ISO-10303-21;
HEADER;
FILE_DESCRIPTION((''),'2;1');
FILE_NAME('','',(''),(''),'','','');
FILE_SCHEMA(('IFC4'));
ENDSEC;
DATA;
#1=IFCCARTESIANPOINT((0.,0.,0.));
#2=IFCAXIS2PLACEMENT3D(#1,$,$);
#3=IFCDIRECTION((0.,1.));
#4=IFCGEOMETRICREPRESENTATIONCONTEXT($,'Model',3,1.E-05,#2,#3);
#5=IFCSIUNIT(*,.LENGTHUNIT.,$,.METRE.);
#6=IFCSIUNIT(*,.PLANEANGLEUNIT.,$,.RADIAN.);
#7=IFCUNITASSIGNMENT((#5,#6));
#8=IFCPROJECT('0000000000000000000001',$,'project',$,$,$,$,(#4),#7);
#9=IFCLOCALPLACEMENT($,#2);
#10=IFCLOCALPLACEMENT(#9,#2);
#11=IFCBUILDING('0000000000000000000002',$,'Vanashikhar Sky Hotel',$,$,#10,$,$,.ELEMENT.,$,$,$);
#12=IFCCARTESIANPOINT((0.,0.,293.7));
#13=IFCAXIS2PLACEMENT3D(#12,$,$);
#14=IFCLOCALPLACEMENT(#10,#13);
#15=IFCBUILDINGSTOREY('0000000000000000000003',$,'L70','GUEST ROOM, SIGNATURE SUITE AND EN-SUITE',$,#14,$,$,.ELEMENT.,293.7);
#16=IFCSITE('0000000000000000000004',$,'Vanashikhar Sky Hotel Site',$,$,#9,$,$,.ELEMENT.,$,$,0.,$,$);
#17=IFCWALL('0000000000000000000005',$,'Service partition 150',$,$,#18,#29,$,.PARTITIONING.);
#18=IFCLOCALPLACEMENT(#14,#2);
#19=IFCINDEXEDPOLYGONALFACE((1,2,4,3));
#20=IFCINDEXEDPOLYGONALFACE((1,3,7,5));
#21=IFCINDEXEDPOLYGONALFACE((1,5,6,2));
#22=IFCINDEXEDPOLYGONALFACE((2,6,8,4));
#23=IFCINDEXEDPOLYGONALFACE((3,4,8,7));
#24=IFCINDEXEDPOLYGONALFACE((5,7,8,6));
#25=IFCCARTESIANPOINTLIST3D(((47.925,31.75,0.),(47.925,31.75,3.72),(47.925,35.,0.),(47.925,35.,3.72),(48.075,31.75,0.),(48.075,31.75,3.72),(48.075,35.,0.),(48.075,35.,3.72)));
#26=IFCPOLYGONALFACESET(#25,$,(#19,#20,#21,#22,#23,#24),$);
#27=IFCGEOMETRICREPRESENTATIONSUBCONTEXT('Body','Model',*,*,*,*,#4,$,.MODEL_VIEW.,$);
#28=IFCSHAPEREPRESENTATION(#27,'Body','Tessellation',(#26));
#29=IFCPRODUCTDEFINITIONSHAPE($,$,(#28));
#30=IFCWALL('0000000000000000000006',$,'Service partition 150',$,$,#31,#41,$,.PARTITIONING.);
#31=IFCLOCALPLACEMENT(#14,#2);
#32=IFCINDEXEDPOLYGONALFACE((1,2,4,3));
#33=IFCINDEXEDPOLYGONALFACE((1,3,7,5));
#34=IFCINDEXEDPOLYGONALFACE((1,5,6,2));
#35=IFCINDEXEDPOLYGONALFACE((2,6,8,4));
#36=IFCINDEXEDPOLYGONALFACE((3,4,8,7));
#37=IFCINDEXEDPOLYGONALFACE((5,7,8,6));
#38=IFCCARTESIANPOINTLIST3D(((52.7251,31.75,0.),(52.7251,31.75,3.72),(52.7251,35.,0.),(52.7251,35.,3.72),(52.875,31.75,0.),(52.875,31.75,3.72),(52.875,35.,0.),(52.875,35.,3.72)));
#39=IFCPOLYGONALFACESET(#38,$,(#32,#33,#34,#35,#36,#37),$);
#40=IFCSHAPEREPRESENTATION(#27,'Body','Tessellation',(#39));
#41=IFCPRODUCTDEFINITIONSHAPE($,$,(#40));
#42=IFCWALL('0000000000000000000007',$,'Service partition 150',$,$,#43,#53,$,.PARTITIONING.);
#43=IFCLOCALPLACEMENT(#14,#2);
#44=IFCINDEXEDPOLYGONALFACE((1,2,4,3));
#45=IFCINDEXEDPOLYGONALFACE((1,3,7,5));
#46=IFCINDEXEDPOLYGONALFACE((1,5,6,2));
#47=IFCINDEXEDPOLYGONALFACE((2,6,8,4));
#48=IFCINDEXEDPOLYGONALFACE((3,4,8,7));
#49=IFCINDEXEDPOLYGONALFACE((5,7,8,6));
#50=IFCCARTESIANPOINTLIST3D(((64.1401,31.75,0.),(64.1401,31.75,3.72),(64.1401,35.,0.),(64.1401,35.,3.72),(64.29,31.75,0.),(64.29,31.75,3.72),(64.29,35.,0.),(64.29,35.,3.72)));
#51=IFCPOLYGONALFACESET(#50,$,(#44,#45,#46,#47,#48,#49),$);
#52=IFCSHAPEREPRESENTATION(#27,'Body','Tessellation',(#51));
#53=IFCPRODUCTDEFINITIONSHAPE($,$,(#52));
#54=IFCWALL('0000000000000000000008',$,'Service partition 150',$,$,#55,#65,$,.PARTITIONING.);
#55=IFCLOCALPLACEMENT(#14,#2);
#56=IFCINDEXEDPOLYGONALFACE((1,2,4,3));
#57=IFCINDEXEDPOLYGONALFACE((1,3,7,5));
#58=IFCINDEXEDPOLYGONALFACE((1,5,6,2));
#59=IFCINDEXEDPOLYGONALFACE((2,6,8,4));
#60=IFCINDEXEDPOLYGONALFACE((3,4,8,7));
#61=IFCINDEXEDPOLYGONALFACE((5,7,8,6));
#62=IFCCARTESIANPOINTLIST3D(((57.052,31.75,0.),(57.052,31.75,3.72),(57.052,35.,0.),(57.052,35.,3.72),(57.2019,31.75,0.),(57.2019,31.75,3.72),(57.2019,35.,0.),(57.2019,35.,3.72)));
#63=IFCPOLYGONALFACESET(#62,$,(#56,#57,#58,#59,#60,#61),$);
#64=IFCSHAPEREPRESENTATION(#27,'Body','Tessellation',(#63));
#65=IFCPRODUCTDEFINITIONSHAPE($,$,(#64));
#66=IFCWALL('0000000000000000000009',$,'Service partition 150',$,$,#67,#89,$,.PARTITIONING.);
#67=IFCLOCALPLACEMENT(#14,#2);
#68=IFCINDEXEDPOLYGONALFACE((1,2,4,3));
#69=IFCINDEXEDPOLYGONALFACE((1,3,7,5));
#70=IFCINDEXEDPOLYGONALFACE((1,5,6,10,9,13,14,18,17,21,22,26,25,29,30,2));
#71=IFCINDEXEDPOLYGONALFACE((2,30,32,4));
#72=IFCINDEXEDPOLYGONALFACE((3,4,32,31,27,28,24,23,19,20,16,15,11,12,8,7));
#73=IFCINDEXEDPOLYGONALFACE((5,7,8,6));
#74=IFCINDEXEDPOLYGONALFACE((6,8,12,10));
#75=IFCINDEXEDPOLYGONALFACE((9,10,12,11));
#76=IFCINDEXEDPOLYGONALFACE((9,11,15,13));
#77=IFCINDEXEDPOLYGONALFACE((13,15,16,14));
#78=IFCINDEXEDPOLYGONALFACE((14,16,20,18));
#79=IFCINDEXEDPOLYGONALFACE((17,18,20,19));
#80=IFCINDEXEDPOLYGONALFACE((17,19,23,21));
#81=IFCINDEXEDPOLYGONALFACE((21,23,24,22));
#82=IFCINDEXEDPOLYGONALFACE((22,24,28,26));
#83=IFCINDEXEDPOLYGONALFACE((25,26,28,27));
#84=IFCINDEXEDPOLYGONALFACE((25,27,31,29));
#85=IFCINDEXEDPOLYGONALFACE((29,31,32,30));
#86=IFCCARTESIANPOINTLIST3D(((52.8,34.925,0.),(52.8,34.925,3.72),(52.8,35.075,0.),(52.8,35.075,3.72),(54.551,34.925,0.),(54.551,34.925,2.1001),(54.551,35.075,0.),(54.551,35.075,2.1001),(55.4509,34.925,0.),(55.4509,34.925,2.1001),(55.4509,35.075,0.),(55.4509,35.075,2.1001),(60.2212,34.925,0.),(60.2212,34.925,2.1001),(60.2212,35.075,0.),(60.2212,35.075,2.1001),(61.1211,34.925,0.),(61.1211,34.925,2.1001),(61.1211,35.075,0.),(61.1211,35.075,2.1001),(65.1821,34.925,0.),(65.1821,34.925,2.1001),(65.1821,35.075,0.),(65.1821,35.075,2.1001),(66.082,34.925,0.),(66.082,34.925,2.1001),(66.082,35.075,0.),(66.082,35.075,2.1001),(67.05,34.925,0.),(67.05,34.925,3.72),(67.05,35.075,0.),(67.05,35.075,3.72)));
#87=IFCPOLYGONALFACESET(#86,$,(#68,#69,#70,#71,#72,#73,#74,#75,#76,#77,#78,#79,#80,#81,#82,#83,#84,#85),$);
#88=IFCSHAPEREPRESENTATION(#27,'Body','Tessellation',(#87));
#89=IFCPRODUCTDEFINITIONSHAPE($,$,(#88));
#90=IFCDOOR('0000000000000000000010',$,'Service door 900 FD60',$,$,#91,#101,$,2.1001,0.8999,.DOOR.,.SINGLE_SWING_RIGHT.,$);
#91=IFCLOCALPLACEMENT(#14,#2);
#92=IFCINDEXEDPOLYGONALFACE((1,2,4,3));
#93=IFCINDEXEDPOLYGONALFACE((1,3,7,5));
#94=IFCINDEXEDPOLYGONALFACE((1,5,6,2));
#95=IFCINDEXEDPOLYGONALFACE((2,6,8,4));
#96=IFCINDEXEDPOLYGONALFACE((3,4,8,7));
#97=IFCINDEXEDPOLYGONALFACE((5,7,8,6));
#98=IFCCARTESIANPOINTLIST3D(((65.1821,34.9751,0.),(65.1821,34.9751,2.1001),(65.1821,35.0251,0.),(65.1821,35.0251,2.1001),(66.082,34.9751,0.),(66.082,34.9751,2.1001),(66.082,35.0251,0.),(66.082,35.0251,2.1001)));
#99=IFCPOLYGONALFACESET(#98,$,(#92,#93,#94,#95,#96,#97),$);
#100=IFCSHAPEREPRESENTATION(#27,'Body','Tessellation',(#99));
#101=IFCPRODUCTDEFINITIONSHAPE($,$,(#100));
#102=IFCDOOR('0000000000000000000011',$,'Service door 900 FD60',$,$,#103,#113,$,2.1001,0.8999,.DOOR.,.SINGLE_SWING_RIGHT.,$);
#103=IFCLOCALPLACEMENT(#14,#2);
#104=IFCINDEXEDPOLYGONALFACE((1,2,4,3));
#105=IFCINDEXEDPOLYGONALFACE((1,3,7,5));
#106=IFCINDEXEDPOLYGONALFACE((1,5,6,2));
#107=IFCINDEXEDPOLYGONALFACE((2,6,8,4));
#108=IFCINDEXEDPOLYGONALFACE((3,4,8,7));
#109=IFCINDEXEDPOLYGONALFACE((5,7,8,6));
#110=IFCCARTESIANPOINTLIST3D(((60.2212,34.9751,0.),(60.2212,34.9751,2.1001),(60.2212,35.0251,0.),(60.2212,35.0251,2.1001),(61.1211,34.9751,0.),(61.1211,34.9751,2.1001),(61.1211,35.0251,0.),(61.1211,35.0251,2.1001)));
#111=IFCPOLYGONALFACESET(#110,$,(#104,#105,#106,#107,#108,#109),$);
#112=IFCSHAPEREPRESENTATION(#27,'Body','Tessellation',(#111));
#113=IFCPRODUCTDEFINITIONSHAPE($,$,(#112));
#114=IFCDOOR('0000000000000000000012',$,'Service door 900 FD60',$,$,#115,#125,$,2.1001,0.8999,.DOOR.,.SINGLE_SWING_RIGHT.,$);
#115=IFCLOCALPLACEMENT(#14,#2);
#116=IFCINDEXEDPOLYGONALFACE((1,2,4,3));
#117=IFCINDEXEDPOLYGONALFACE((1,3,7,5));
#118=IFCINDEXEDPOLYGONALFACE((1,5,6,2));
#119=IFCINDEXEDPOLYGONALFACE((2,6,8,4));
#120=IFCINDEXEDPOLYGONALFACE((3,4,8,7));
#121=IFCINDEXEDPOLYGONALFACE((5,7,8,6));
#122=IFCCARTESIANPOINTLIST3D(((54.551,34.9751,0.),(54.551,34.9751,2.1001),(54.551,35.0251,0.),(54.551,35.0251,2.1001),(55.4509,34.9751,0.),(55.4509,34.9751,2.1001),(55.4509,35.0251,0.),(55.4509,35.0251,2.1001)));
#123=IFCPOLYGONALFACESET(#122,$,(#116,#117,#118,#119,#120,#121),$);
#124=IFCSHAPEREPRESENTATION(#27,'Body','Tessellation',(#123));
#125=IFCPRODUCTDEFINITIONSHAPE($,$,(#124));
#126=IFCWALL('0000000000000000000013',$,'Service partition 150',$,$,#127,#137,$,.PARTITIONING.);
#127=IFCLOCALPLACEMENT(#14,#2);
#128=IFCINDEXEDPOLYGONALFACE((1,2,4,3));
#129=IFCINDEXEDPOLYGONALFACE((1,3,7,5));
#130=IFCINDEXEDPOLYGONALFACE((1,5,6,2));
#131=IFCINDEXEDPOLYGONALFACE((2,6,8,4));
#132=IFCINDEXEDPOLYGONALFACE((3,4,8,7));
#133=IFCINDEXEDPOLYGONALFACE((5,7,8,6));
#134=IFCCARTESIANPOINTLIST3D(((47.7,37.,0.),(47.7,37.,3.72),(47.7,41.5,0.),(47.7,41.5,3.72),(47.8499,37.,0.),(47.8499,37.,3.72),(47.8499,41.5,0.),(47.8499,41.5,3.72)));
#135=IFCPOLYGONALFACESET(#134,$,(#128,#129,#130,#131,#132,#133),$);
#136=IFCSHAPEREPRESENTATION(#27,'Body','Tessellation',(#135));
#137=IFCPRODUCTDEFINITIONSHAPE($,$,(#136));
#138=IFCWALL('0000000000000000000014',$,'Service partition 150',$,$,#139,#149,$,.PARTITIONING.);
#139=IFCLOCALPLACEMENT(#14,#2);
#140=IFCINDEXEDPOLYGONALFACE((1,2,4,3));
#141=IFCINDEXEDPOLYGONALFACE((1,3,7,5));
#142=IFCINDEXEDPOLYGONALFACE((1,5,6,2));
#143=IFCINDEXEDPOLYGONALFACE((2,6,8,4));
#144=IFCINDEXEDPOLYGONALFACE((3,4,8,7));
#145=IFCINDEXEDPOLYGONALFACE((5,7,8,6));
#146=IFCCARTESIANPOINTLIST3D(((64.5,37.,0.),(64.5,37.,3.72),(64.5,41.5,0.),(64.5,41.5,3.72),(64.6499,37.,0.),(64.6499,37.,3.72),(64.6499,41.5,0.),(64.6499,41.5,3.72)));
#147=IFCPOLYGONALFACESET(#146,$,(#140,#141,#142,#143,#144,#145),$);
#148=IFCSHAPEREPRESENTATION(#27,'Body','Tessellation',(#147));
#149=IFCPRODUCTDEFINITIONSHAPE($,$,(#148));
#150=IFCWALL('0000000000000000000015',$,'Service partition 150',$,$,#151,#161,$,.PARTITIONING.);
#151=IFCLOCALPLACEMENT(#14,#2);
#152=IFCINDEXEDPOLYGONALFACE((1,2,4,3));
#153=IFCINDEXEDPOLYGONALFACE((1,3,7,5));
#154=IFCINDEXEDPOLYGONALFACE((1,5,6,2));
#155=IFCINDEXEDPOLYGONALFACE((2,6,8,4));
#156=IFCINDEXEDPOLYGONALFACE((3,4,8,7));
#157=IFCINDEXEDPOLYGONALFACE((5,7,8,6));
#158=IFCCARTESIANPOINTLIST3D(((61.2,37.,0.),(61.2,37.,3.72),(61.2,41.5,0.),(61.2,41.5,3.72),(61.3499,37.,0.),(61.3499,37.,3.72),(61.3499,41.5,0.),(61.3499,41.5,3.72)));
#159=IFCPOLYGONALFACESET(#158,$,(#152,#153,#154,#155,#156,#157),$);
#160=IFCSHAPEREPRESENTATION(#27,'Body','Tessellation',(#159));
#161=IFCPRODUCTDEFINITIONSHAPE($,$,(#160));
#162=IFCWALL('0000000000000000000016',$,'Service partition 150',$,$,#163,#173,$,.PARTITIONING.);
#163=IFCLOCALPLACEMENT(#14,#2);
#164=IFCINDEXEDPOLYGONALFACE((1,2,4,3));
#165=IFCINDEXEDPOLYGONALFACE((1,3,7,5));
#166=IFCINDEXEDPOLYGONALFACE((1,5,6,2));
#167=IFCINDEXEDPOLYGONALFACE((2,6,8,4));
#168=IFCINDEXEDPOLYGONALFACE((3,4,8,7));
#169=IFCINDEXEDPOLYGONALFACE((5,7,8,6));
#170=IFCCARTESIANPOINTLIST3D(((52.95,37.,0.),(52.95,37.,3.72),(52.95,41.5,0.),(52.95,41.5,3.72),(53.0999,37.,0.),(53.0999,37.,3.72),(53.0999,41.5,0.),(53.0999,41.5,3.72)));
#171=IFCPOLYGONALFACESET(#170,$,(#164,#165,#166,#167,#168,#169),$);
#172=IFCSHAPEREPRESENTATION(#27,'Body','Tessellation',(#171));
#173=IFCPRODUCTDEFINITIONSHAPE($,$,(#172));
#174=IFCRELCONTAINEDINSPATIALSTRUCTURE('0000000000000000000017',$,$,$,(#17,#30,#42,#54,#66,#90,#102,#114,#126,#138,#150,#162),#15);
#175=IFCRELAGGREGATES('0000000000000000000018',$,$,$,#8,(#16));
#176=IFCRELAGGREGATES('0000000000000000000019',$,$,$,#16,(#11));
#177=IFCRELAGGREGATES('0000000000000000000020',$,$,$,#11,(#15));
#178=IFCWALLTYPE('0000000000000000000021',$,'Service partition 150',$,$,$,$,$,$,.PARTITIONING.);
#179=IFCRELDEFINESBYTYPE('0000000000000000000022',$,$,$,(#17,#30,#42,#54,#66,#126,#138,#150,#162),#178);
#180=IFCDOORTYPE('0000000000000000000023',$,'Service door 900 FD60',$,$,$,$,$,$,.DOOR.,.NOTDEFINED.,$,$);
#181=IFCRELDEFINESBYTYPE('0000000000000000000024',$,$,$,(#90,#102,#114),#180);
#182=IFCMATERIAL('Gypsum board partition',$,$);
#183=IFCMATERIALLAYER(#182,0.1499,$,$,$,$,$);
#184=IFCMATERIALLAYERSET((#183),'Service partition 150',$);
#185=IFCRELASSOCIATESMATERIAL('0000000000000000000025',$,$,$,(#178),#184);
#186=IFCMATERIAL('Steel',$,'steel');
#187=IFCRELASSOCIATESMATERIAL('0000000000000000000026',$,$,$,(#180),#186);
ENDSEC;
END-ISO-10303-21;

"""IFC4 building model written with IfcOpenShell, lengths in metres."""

from ifc_helpers import new_model, si_unit, direction, frame, frame_2d, origin, place, context, subcontext, project, spatial, rectangle, extrude, source, transform, mapped, material, layer, layer_set, type_object, element, fill, save


model = new_model("IFC4")

# Units and contexts
model_context = context("Model", 3, precision=1e-05, world=origin(), true_north=direction((0.0, 1.0)))
body_context = subcontext(model_context, "Body", "Model", "MODEL_VIEW")
ifc_project = project(units=[si_unit("LENGTHUNIT", "METRE"), si_unit("PLANEANGLEUNIT", "RADIAN")], contexts=[model_context])

# Site, building, storey
site_placement = place(None, origin())
site = spatial("IfcSite", under=ifc_project, at=site_placement, Name="Vanashikhar Sky Hotel Site", CompositionType="ELEMENT", RefElevation=0.0)
building_placement = place(site_placement, origin())
building = spatial("IfcBuilding", under=site, at=building_placement, Name="Vanashikhar Sky Hotel", CompositionType="ELEMENT")
storey_placement = place(building_placement, frame((0.0, 0.0, 293.7)))
storey = spatial("IfcBuildingStorey", under=building, at=storey_placement, Name="L70", Description="GUEST ROOM, SIGNATURE SUITE AND EN-SUITE", CompositionType="ELEMENT", Elevation=293.7)

# Shared definitions
ifc_material_1 = material(Name="Steel", Category="steel")

# Walls
ifc_material_2 = material(Name="Gypsum board partition")
ifc_layer_1 = layer(ifc_material_2, 0.1499)
ifc_layer_set_1 = layer_set([ifc_layer_1], Name="Service partition 150")
wall_type_1 = type_object("IfcWallType", Name="Service partition 150", PredefinedType="PARTITIONING", material=ifc_layer_set_1)
shared_shape_1 = source(origin(), body_context, "Body", "SweptSolid", [
    extrude(rectangle(XDim=3.25, YDim=0.1499, at=frame_2d((1.625, 0.0))), origin(), (0.0, 0.0, 1.0), 3.72),
])
for number, where, z_axis, x_axis, name in (
    (1, (48.0, 31.75, 0.0), (0.0, 0.0, 1.0), (0.0, 1.0, 0.0), "Service partition 150"),
    (2, (52.8, 31.75, 0.0), (0.0, 0.0, 1.0), (0.0, 1.0, 0.0), "Service partition 150"),
    (3, (64.2151, 31.75, 0.0), (0.0, 0.0, 1.0), (0.0, 1.0, 0.0), "Service partition 150"),
    (4, (57.127, 31.75, 0.0), (0.0, 0.0, 1.0), (0.0, 1.0, 0.0), "Service partition 150"),
):
    element("IfcWall", number, at=place(storey_placement, frame(where, z_axis=z_axis, x_axis=x_axis)), inside=storey, type_object=wall_type_1, Name=name, PredefinedType="PARTITIONING", context=body_context, shape_type="MappedRepresentation", body=[
        mapped(shared_shape_1, transform((0.0, 0.0, 0.0), scale=1.0)),
    ])

# Wall, openings, doors
shared_shape_2 = source(origin(), body_context, "Body", "SweptSolid", [
    extrude(rectangle(XDim=14.25, YDim=0.1499, at=frame_2d((7.125, 0.0))), origin(), (0.0, 0.0, 1.0), 3.72),
])
wall_1_placement = place(storey_placement, frame((67.05, 35.0, 0.0), z_axis=(0.0, 0.0, 1.0), x_axis=(-1.0, 0.0, 0.0)))
wall_1 = element("IfcWall", 5, at=wall_1_placement, inside=storey, type_object=wall_type_1, Name="Service partition 150", PredefinedType="PARTITIONING", context=body_context, shape_type="MappedRepresentation", body=[
    mapped(shared_shape_2, transform((0.0, 0.0, 0.0), scale=1.0)),
])
shared_shape_3 = source(origin(), body_context, "Body", "SweptSolid", [
    extrude(rectangle(XDim=0.8999, YDim=2.1001, at=frame_2d((0.45, 1.05))), frame((0.0, 0.085, 0.0), z_axis=(0.0, -1.0, 0.0), x_axis=(1.0, 0.0, 0.0)), (0.0, 0.0, 1.0), 0.1699),
])
opening_1_placement = place(wall_1_placement, frame((0.968, 0.0, 0.0)))
opening_1 = element("IfcOpeningElement", 6, at=opening_1_placement, cuts=wall_1, PredefinedType="OPENING", context=body_context, shape_type="MappedRepresentation", body=[
    mapped(shared_shape_3, transform((0.0, 0.0, 0.0), scale=1.0)),
])
opening_2_placement = place(wall_1_placement, frame((5.929, 0.0, 0.0)))
opening_2 = element("IfcOpeningElement", 7, at=opening_2_placement, cuts=wall_1, PredefinedType="OPENING", context=body_context, shape_type="MappedRepresentation", body=[
    mapped(shared_shape_3, transform((0.0, 0.0, 0.0), scale=1.0)),
])
opening_3_placement = place(wall_1_placement, frame((11.5991, 0.0, 0.0)))
opening_3 = element("IfcOpeningElement", 8, at=opening_3_placement, cuts=wall_1, PredefinedType="OPENING", context=body_context, shape_type="MappedRepresentation", body=[
    mapped(shared_shape_3, transform((0.0, 0.0, 0.0), scale=1.0)),
])
door_type_1 = type_object("IfcDoorType", Name="Service door 900 FD60", OperationType="NOTDEFINED", PredefinedType="DOOR", material=ifc_material_1)
shared_shape_4 = source(origin(), body_context, "Body", "SweptSolid", [
    extrude(rectangle(XDim=0.8999, YDim=2.1001, at=frame_2d((0.45, 1.05))), frame((0.0, 0.0249, 0.0), z_axis=(0.0, -1.0, 0.0), x_axis=(1.0, 0.0, 0.0)), (0.0, 0.0, 1.0), 0.05),
])
door_1_placement = place(opening_1_placement, origin())
door_1 = element("IfcDoor", 9, at=door_1_placement, inside=storey, type_object=door_type_1, Name="Service door 900 FD60", OperationType="SINGLE_SWING_RIGHT", OverallHeight=2.1001, OverallWidth=0.8999, PredefinedType="DOOR", context=body_context, shape_type="MappedRepresentation", body=[
    mapped(shared_shape_4, transform((0.0, 0.0, 0.0), scale=1.0)),
])
fill(opening_1, door_1)
door_2_placement = place(opening_2_placement, origin())
door_2 = element("IfcDoor", 10, at=door_2_placement, inside=storey, type_object=door_type_1, Name="Service door 900 FD60", OperationType="SINGLE_SWING_RIGHT", OverallHeight=2.1001, OverallWidth=0.8999, PredefinedType="DOOR", context=body_context, shape_type="MappedRepresentation", body=[
    mapped(shared_shape_4, transform((0.0, 0.0, 0.0), scale=1.0)),
])
fill(opening_2, door_2)
door_3_placement = place(opening_3_placement, origin())
door_3 = element("IfcDoor", 11, at=door_3_placement, inside=storey, type_object=door_type_1, Name="Service door 900 FD60", OperationType="SINGLE_SWING_RIGHT", OverallHeight=2.1001, OverallWidth=0.8999, PredefinedType="DOOR", context=body_context, shape_type="MappedRepresentation", body=[
    mapped(shared_shape_4, transform((0.0, 0.0, 0.0), scale=1.0)),
])
fill(opening_3, door_3)

# Walls
shared_shape_5 = source(origin(), body_context, "Body", "SweptSolid", [
    extrude(rectangle(XDim=4.5, YDim=0.1499, at=frame_2d((2.25, 0.0))), origin(), (0.0, 0.0, 1.0), 3.72),
])
for number, where, z_axis, x_axis, name in (
    (12, (47.7749, 37.0, 0.0), (0.0, 0.0, 1.0), (0.0, 1.0, 0.0), "Service partition 150"),
    (13, (64.575, 37.0, 0.0), (0.0, 0.0, 1.0), (0.0, 1.0, 0.0), "Service partition 150"),
    (14, (61.2749, 37.0, 0.0), (0.0, 0.0, 1.0), (0.0, 1.0, 0.0), "Service partition 150"),
    (15, (53.0249, 37.0, 0.0), (0.0, 0.0, 1.0), (0.0, 1.0, 0.0), "Service partition 150"),
):
    element("IfcWall", number, at=place(storey_placement, frame(where, z_axis=z_axis, x_axis=x_axis)), inside=storey, type_object=wall_type_1, Name=name, PredefinedType="PARTITIONING", context=body_context, shape_type="MappedRepresentation", body=[
        mapped(shared_shape_5, transform((0.0, 0.0, 0.0), scale=1.0)),
    ])

save(model, "model.ifc")
